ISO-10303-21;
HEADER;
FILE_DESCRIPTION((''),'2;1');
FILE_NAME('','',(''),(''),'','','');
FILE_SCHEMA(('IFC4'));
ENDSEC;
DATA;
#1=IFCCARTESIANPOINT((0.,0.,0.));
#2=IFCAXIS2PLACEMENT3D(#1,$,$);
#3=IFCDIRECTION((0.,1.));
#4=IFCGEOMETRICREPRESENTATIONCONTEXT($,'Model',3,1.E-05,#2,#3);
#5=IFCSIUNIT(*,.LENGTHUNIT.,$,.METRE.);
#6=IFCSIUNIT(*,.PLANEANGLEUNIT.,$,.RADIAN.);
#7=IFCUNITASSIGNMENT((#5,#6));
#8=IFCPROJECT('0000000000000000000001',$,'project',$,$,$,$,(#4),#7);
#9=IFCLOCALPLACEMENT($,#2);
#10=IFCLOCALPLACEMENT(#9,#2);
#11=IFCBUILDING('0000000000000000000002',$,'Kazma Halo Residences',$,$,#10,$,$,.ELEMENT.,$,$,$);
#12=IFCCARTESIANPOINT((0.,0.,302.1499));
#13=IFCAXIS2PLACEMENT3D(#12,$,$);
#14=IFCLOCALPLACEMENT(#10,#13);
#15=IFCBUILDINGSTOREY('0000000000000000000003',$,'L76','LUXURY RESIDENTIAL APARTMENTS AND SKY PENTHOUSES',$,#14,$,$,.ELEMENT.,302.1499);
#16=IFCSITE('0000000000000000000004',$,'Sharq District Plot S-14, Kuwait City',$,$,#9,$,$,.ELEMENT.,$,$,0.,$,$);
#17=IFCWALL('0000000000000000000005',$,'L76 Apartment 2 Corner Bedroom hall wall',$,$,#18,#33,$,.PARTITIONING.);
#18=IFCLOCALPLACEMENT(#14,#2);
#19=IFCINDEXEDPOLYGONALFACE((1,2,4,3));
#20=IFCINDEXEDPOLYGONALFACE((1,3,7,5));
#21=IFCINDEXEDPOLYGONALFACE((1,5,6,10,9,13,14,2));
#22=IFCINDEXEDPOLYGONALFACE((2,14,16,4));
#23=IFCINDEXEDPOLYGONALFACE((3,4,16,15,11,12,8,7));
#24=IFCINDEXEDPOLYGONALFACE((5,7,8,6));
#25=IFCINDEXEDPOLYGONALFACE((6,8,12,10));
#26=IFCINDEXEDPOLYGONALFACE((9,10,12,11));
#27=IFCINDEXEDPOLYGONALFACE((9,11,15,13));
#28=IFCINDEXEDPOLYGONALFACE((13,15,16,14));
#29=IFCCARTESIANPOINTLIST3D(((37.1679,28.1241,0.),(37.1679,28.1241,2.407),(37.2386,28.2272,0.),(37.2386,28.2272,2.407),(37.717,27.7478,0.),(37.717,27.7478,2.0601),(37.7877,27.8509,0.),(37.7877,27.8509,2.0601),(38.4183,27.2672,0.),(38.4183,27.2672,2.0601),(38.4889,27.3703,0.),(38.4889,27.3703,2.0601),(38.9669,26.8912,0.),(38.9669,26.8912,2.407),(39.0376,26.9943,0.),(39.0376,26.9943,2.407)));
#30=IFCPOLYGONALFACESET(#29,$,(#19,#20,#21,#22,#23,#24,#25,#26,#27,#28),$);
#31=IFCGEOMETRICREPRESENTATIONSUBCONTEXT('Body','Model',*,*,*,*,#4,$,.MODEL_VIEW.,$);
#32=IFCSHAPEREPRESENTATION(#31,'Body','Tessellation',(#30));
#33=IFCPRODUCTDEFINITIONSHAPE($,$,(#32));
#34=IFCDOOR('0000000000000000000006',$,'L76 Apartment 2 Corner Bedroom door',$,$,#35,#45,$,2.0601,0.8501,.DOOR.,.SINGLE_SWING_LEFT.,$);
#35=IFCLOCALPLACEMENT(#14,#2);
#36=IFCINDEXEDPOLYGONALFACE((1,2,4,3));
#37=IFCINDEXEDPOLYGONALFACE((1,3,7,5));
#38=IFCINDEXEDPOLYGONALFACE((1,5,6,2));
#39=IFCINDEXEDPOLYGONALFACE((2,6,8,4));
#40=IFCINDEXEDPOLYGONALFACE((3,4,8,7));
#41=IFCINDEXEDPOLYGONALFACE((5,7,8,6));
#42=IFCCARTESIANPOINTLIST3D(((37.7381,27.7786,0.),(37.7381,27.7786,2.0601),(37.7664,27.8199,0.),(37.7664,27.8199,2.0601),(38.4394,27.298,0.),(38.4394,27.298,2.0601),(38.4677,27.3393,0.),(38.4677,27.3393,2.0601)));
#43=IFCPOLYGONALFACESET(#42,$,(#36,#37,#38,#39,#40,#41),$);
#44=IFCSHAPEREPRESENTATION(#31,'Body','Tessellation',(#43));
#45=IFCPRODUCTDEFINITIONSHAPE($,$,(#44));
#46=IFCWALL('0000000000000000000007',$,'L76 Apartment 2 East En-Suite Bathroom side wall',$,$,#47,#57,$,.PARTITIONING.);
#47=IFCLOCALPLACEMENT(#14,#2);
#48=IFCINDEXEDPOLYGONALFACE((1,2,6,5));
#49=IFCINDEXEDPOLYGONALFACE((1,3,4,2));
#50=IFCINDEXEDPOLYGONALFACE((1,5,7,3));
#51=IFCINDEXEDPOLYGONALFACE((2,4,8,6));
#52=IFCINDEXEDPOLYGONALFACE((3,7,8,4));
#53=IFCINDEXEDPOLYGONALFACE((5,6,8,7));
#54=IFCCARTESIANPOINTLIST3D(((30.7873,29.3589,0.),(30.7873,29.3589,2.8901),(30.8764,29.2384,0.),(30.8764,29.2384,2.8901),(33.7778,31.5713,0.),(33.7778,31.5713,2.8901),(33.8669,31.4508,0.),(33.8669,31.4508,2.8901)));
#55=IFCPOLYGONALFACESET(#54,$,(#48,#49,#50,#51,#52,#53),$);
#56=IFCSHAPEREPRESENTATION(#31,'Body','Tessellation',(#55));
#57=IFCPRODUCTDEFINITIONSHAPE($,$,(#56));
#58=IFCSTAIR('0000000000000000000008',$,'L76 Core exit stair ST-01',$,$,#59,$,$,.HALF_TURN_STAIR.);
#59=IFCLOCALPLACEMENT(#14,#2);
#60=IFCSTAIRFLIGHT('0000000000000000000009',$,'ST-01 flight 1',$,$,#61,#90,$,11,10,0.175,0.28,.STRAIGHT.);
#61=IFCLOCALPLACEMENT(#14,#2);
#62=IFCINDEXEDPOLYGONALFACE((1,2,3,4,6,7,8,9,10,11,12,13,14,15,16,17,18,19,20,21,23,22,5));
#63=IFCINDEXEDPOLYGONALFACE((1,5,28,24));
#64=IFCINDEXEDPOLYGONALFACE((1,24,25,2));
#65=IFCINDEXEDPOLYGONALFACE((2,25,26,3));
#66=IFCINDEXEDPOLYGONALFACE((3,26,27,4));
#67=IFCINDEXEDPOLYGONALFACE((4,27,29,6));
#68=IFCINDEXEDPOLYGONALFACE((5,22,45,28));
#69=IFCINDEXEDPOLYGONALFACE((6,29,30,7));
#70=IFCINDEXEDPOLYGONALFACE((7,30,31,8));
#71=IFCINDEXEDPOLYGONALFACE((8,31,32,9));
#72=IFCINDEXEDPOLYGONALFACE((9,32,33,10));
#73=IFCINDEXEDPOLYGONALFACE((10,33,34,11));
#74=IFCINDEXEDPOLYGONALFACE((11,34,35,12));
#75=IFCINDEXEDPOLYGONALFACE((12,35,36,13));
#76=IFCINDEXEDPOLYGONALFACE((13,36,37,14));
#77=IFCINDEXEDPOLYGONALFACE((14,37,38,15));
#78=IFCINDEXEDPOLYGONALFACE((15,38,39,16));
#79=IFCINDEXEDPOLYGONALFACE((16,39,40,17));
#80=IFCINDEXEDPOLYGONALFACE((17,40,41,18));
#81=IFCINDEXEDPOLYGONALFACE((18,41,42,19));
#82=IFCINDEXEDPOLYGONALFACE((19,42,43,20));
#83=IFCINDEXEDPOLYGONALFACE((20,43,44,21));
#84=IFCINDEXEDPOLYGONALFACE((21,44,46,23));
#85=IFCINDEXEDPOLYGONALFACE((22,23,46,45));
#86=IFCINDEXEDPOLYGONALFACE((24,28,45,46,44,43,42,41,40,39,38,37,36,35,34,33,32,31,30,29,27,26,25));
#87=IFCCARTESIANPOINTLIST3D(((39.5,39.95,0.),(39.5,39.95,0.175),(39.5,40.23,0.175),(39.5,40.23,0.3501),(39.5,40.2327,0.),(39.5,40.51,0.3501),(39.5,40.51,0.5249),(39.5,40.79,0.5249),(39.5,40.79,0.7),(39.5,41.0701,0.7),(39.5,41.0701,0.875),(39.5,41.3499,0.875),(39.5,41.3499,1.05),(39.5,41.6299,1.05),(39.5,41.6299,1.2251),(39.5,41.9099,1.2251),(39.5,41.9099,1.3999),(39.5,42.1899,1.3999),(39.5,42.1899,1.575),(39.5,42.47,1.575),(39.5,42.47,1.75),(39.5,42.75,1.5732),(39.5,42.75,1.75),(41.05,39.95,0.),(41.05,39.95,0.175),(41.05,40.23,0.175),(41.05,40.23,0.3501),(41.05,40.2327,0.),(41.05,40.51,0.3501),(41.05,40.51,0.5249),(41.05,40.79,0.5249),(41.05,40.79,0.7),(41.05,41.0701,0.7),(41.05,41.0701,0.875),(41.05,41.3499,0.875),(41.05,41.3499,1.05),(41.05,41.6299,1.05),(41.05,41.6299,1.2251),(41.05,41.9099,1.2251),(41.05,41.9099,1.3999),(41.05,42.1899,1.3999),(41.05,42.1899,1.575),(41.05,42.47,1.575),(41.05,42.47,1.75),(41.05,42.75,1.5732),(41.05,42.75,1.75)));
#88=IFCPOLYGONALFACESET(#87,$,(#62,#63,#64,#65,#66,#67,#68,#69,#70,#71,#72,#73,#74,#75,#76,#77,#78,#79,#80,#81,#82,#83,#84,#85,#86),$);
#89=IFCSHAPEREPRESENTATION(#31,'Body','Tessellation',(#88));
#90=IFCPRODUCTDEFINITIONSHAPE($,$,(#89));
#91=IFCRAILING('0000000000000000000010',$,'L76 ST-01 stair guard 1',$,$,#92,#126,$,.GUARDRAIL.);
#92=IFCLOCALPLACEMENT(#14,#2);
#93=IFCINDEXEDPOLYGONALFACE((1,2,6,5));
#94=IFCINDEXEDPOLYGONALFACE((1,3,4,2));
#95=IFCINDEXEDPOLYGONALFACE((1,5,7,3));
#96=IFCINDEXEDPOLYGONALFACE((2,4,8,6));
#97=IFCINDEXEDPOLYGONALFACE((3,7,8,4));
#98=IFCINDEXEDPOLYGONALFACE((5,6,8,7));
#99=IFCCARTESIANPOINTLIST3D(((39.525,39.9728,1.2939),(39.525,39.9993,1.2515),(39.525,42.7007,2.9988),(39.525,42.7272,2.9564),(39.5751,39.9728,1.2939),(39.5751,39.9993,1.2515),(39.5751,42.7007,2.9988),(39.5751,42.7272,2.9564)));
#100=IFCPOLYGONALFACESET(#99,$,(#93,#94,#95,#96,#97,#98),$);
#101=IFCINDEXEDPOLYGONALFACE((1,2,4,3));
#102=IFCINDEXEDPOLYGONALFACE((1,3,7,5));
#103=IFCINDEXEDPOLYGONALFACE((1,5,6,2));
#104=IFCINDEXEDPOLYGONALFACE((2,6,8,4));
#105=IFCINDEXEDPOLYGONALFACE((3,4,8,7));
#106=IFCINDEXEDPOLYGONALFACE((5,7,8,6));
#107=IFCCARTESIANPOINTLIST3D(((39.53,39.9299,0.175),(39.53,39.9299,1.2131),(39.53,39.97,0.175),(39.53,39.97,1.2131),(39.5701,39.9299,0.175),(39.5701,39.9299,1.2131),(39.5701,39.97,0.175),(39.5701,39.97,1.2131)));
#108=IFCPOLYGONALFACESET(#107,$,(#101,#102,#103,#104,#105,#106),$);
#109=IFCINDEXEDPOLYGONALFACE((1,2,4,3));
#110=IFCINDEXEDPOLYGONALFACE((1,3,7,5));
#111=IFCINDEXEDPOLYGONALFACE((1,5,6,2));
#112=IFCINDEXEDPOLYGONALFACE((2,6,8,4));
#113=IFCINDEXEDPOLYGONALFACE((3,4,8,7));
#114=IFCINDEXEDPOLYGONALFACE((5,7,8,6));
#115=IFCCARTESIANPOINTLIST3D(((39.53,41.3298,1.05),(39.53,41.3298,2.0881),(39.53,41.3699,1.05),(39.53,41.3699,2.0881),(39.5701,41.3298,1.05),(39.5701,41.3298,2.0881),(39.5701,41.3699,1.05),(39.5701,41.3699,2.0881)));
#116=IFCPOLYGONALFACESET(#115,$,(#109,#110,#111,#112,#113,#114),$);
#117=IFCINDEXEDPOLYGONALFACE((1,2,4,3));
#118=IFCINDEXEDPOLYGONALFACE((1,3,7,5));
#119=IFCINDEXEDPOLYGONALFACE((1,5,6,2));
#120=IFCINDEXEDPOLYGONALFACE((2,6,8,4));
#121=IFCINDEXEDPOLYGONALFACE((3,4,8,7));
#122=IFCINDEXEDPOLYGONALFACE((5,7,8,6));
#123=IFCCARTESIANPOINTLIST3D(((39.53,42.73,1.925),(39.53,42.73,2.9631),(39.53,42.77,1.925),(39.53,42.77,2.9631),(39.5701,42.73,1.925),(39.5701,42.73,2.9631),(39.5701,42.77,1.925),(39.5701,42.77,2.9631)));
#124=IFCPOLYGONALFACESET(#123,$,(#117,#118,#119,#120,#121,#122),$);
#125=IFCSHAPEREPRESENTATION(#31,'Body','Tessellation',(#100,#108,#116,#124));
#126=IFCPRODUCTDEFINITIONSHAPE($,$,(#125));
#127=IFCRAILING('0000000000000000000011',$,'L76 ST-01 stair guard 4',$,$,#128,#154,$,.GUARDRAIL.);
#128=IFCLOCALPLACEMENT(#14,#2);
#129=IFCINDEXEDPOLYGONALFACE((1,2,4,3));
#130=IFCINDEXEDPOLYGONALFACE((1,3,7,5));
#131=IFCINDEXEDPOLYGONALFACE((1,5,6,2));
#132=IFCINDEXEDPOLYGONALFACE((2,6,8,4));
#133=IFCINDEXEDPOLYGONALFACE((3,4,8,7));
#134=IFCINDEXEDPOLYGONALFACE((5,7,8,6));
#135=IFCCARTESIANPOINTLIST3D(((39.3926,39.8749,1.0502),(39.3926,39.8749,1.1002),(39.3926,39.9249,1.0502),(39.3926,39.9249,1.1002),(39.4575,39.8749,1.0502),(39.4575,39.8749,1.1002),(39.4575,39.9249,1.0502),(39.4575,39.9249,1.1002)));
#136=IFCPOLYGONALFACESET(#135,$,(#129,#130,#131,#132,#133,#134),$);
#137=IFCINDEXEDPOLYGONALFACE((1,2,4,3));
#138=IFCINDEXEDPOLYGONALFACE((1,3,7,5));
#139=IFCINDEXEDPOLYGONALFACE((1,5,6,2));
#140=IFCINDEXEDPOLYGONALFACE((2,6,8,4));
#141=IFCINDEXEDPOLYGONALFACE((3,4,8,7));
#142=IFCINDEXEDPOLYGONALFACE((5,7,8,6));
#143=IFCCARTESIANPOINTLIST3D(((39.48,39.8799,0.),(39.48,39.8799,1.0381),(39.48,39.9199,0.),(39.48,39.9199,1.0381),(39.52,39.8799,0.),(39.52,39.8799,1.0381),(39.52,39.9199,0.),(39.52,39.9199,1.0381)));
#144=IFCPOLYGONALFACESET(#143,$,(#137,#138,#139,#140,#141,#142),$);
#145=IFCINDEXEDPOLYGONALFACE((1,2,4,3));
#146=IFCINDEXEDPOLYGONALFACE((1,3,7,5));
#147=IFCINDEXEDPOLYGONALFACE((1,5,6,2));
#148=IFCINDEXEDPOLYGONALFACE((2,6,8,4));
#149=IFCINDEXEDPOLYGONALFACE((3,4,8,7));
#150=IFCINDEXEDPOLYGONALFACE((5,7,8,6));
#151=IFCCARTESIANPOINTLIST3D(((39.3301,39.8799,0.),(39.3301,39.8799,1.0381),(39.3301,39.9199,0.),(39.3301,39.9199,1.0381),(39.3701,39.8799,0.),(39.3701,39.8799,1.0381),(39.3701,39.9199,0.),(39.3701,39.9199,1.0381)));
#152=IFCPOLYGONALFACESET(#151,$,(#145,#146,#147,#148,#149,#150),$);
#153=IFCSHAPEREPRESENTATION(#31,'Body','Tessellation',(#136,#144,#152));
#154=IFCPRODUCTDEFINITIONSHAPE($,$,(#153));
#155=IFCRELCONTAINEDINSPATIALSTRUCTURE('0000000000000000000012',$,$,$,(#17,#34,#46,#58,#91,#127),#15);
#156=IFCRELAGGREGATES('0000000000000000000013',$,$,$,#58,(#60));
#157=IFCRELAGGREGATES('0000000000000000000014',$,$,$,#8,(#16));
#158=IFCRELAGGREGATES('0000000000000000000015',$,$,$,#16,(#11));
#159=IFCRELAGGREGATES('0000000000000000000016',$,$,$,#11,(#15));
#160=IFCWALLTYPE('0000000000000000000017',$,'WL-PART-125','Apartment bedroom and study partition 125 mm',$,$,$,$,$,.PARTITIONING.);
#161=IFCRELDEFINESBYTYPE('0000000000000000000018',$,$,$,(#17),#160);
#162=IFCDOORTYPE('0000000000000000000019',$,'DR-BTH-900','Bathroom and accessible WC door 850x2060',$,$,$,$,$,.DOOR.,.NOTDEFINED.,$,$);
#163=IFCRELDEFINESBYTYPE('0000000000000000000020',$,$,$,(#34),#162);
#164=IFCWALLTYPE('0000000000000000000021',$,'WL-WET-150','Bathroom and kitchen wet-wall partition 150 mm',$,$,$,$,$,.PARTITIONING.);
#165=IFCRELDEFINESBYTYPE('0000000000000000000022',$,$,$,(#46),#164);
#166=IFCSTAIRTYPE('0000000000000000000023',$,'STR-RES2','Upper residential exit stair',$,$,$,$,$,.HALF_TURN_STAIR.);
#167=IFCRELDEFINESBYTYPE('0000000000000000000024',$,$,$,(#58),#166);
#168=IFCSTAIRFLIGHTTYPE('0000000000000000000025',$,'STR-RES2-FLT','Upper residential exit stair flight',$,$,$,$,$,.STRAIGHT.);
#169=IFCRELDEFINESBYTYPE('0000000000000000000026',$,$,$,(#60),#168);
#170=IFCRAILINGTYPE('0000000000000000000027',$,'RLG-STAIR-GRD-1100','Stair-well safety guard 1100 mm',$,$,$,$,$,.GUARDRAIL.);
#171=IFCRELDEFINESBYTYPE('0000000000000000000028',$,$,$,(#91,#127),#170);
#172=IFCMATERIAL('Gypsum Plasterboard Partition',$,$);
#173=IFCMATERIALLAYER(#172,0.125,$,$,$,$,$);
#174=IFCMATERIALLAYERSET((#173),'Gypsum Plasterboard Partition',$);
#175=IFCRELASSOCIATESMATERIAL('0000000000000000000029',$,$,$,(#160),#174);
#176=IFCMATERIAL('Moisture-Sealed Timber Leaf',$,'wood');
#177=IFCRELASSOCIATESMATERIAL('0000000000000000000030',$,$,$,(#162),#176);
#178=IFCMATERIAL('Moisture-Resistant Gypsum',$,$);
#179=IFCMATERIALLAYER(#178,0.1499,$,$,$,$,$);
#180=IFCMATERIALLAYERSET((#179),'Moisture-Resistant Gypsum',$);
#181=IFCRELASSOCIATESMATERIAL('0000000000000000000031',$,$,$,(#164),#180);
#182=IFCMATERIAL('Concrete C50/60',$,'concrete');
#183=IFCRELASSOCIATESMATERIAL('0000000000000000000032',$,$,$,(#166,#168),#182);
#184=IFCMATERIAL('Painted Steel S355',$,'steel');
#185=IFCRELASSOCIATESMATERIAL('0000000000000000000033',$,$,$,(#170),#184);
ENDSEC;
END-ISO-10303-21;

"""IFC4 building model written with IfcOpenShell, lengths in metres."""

from ifc_helpers import new_model, si_unit, direction, frame, frame_2d, origin, origin_2d, place, context, subcontext, project, spatial, polyline, rectangle, outline, extrude, material, layer, layer_set, type_object, element, fill, aggregate, save


model = new_model("IFC4")

# Units and contexts
model_context = context("Model", 3, precision=1e-05, world=origin(), true_north=direction((0.0, 1.0)))
body_context = subcontext(model_context, "Body", "Model", "MODEL_VIEW")
ifc_project = project(units=[si_unit("LENGTHUNIT", "METRE"), si_unit("PLANEANGLEUNIT", "RADIAN")], contexts=[model_context])

# Site, building, storey
site_placement = place(None, origin())
site = spatial("IfcSite", under=ifc_project, at=site_placement, Name="Sharq District Plot S-14, Kuwait City", CompositionType="ELEMENT", RefElevation=0.0)
building_placement = place(site_placement, origin())
building = spatial("IfcBuilding", under=site, at=building_placement, Name="Kazma Halo Residences", CompositionType="ELEMENT")
storey_placement = place(building_placement, frame((0.0, 0.0, 302.1499)))
storey = spatial("IfcBuildingStorey", under=building, at=storey_placement, Name="L76", Description="LUXURY RESIDENTIAL APARTMENTS AND SKY PENTHOUSES", CompositionType="ELEMENT", Elevation=302.1499)

# Shared definitions
ifc_material_1 = material(Name="Gypsum Plasterboard Partition")
ifc_layer_1 = layer(ifc_material_1, 0.125)
ifc_layer_set_1 = layer_set([ifc_layer_1], Name="Gypsum Plasterboard Partition")
wall_type_1 = type_object("IfcWallType", Name="WL-PART-125", Description="Apartment bedroom and study partition 125 mm", PredefinedType="PARTITIONING", material=ifc_layer_set_1)

# Shared definitions
ifc_material_2 = material(Name="Moisture-Sealed Timber Leaf", Category="wood")
door_type_1 = type_object("IfcDoorType", Name="DR-BTH-900", Description="Bathroom and accessible WC door 850x2060", OperationType="NOTDEFINED", PredefinedType="DOOR", material=ifc_material_2)

# Wall, opening, door
wall_1_placement = place(storey_placement, frame((37.2034, 28.1755, 0.0), z_axis=(0.0, 0.0, 1.0), x_axis=(0.824887, -0.565298, 0.0)))
wall_1 = element("IfcWall", 1, at=wall_1_placement, inside=storey, type_object=wall_type_1, Name="L76 Apartment 2 Corner Bedroom hall wall", PredefinedType="PARTITIONING", context=body_context, shape_type="SweptSolid", body=[
    extrude(rectangle(XDim=2.1809, YDim=0.125, at=frame_2d((1.0903, 0.0))), origin(), (0.0, 0.0, 1.0), 2.407),
])
opening_1_placement = place(wall_1_placement, frame((0.6655, 0.0, 0.0)))
opening_1 = element("IfcOpeningElement", 2, at=opening_1_placement, cuts=wall_1, PredefinedType="OPENING", context=body_context, shape_type="SweptSolid", body=[
    extrude(rectangle(XDim=0.8501, YDim=2.0601, at=frame_2d((0.425, 1.03))), frame((0.0, 0.0725, 0.0), z_axis=(0.0, -1.0, 0.0), x_axis=(1.0, 0.0, 0.0)), (0.0, 0.0, 1.0), 0.145),
])
door_1_placement = place(opening_1_placement, origin())
door_1 = element("IfcDoor", 3, at=door_1_placement, inside=storey, type_object=door_type_1, Name="L76 Apartment 2 Corner Bedroom door", OperationType="SINGLE_SWING_LEFT", OverallHeight=2.0601, OverallWidth=0.8501, PredefinedType="DOOR", context=body_context, shape_type="SweptSolid", body=[
    extrude(rectangle(XDim=0.8501, YDim=2.0601, at=frame_2d((0.425, 1.03))), frame((0.0, 0.0249, 0.0), z_axis=(0.0, -1.0, 0.0), x_axis=(1.0, 0.0, 0.0)), (0.0, 0.0, 1.0), 0.05),
])
fill(opening_1, door_1)
ifc_material_3 = material(Name="Concrete C50/60", Category="concrete")

# Wall
ifc_material_4 = material(Name="Moisture-Resistant Gypsum")
ifc_layer_2 = layer(ifc_material_4, 0.1499)
ifc_layer_set_2 = layer_set([ifc_layer_2], Name="Moisture-Resistant Gypsum")
wall_type_2 = type_object("IfcWallType", Name="WL-WET-150", Description="Bathroom and kitchen wet-wall partition 150 mm", PredefinedType="PARTITIONING", material=ifc_layer_set_2)
wall_2_placement = place(storey_placement, frame((33.8223, 31.511, 0.0), z_axis=(0.0, 0.0, 1.0), x_axis=(-0.803913, -0.594747, 0.0)))
element("IfcWall", 4, at=wall_2_placement, inside=storey, type_object=wall_type_2, Name="L76 Apartment 2 East En-Suite Bathroom side wall", PredefinedType="PARTITIONING", context=body_context, shape_type="SweptSolid", body=[
    extrude(rectangle(XDim=3.72, YDim=0.1499, at=frame_2d((1.8599, 0.0))), origin(), (0.0, 0.0, 1.0), 2.8901),
])

# Stair, stair flight
stair_type = type_object("IfcStairType", Name="STR-RES2", Description="Upper residential exit stair", PredefinedType="HALF_TURN_STAIR", material=ifc_material_3)
stair_placement = place(storey_placement, origin())
stair = element("IfcStair", 5, at=stair_placement, inside=storey, type_object=stair_type, Name="L76 Core exit stair ST-01", PredefinedType="HALF_TURN_STAIR")
stair_flight_type = type_object("IfcStairFlightType", Name="STR-RES2-FLT", Description="Upper residential exit stair flight", PredefinedType="STRAIGHT", material=ifc_material_3)
stair_flight_placement = place(storey_placement, frame((40.2749, 39.95, 0.0), z_axis=(0.0, 0.0, 1.0), x_axis=(0.0, 1.0, 0.0)))
stair_flight = element("IfcStairFlight", 6, at=stair_flight_placement, type_object=stair_flight_type, Name="ST-01 flight 1", NumberOfRisers=11, NumberOfTreads=10, PredefinedType="STRAIGHT", RiserHeight=0.175, TreadLength=0.28, context=body_context, shape_type="SweptSolid", body=[
    extrude(outline(polyline([(0.0, 0.0), (0.0, 0.175), (0.28, 0.175), (0.28, 0.3501), (0.5601, 0.3501), (0.5601, 0.5249), (0.8401, 0.5249), (0.8401, 0.7), (1.1201, 0.7), (1.1201, 0.875), (1.3999, 0.875), (1.3999, 1.05), (1.6799, 1.05), (1.6799, 1.2251), (1.96, 1.2251), (1.96, 1.3999), (2.24, 1.3999), (2.24, 1.575), (2.52, 1.575), (2.52, 1.75), (2.8, 1.75), (2.8, 1.925), (2.8, 1.5732), (0.2827, 0.0), (0.0, 0.0)])), frame((0.0, 0.7749, 0.0), z_axis=(0.0, -1.0, 0.0), x_axis=(1.0, 0.0, 0.0)), (0.0, 0.0, 1.0), 1.55),
])
aggregate(stair, [stair_flight])

# Railings
ifc_material_5 = material(Name="Painted Steel S355", Category="steel")
railing_type = type_object("IfcRailingType", Name="RLG-STAIR-GRD-1100", Description="Stair-well safety guard 1100 mm", PredefinedType="GUARDRAIL", material=ifc_material_5)
railing_1_placement = place(storey_placement, frame((39.55, 39.95, 0.175)))
element("IfcRailing", 7, at=railing_1_placement, inside=storey, type_object=railing_type, Name="L76 ST-01 stair guard 1", PredefinedType="GUARDRAIL", context=body_context, shape_type="SweptSolid", body=[
    extrude(rectangle(XDim=0.05, YDim=0.05, at=origin_2d()), frame((0.0, 0.0361, 1.0977), z_axis=(0.0, 0.848002, 0.529992), x_axis=(-1.0, 0.0, 0.0)), (0.0, 0.0, 1.0), 3.2168),
    extrude(rectangle(XDim=0.04, YDim=0.04, at=origin_2d()), origin(), (0.0, 0.0, 1.0), 1.0381),
    extrude(rectangle(XDim=0.04, YDim=0.04, at=origin_2d()), frame((0.0, 1.3999, 0.875)), (0.0, 0.0, 1.0), 1.0381),
    extrude(rectangle(XDim=0.04, YDim=0.04, at=origin_2d()), frame((0.0, 2.8, 1.75)), (0.0, 0.0, 1.0), 1.0381),
])
railing_2_placement = place(storey_placement, frame((39.5, 39.8999, 0.0)))
element("IfcRailing", 8, at=railing_2_placement, inside=storey, type_object=railing_type, Name="L76 ST-01 stair guard 4", PredefinedType="GUARDRAIL", context=body_context, shape_type="SweptSolid", body=[
    extrude(rectangle(XDim=0.05, YDim=0.05, at=origin_2d()), frame((-0.0425, 0.0, 1.0752), z_axis=(-1.0, 0.0, 0.0), x_axis=(0.0, -1.0, 0.0)), (0.0, 0.0, 1.0), 0.0649),
    extrude(rectangle(XDim=0.04, YDim=0.04, at=origin_2d()), origin(), (0.0, 0.0, 1.0), 1.0381),
    extrude(rectangle(XDim=0.04, YDim=0.04, at=origin_2d()), frame((-0.1499, 0.0, 0.0)), (0.0, 0.0, 1.0), 1.0381),
])

save(model, "model.ifc")
